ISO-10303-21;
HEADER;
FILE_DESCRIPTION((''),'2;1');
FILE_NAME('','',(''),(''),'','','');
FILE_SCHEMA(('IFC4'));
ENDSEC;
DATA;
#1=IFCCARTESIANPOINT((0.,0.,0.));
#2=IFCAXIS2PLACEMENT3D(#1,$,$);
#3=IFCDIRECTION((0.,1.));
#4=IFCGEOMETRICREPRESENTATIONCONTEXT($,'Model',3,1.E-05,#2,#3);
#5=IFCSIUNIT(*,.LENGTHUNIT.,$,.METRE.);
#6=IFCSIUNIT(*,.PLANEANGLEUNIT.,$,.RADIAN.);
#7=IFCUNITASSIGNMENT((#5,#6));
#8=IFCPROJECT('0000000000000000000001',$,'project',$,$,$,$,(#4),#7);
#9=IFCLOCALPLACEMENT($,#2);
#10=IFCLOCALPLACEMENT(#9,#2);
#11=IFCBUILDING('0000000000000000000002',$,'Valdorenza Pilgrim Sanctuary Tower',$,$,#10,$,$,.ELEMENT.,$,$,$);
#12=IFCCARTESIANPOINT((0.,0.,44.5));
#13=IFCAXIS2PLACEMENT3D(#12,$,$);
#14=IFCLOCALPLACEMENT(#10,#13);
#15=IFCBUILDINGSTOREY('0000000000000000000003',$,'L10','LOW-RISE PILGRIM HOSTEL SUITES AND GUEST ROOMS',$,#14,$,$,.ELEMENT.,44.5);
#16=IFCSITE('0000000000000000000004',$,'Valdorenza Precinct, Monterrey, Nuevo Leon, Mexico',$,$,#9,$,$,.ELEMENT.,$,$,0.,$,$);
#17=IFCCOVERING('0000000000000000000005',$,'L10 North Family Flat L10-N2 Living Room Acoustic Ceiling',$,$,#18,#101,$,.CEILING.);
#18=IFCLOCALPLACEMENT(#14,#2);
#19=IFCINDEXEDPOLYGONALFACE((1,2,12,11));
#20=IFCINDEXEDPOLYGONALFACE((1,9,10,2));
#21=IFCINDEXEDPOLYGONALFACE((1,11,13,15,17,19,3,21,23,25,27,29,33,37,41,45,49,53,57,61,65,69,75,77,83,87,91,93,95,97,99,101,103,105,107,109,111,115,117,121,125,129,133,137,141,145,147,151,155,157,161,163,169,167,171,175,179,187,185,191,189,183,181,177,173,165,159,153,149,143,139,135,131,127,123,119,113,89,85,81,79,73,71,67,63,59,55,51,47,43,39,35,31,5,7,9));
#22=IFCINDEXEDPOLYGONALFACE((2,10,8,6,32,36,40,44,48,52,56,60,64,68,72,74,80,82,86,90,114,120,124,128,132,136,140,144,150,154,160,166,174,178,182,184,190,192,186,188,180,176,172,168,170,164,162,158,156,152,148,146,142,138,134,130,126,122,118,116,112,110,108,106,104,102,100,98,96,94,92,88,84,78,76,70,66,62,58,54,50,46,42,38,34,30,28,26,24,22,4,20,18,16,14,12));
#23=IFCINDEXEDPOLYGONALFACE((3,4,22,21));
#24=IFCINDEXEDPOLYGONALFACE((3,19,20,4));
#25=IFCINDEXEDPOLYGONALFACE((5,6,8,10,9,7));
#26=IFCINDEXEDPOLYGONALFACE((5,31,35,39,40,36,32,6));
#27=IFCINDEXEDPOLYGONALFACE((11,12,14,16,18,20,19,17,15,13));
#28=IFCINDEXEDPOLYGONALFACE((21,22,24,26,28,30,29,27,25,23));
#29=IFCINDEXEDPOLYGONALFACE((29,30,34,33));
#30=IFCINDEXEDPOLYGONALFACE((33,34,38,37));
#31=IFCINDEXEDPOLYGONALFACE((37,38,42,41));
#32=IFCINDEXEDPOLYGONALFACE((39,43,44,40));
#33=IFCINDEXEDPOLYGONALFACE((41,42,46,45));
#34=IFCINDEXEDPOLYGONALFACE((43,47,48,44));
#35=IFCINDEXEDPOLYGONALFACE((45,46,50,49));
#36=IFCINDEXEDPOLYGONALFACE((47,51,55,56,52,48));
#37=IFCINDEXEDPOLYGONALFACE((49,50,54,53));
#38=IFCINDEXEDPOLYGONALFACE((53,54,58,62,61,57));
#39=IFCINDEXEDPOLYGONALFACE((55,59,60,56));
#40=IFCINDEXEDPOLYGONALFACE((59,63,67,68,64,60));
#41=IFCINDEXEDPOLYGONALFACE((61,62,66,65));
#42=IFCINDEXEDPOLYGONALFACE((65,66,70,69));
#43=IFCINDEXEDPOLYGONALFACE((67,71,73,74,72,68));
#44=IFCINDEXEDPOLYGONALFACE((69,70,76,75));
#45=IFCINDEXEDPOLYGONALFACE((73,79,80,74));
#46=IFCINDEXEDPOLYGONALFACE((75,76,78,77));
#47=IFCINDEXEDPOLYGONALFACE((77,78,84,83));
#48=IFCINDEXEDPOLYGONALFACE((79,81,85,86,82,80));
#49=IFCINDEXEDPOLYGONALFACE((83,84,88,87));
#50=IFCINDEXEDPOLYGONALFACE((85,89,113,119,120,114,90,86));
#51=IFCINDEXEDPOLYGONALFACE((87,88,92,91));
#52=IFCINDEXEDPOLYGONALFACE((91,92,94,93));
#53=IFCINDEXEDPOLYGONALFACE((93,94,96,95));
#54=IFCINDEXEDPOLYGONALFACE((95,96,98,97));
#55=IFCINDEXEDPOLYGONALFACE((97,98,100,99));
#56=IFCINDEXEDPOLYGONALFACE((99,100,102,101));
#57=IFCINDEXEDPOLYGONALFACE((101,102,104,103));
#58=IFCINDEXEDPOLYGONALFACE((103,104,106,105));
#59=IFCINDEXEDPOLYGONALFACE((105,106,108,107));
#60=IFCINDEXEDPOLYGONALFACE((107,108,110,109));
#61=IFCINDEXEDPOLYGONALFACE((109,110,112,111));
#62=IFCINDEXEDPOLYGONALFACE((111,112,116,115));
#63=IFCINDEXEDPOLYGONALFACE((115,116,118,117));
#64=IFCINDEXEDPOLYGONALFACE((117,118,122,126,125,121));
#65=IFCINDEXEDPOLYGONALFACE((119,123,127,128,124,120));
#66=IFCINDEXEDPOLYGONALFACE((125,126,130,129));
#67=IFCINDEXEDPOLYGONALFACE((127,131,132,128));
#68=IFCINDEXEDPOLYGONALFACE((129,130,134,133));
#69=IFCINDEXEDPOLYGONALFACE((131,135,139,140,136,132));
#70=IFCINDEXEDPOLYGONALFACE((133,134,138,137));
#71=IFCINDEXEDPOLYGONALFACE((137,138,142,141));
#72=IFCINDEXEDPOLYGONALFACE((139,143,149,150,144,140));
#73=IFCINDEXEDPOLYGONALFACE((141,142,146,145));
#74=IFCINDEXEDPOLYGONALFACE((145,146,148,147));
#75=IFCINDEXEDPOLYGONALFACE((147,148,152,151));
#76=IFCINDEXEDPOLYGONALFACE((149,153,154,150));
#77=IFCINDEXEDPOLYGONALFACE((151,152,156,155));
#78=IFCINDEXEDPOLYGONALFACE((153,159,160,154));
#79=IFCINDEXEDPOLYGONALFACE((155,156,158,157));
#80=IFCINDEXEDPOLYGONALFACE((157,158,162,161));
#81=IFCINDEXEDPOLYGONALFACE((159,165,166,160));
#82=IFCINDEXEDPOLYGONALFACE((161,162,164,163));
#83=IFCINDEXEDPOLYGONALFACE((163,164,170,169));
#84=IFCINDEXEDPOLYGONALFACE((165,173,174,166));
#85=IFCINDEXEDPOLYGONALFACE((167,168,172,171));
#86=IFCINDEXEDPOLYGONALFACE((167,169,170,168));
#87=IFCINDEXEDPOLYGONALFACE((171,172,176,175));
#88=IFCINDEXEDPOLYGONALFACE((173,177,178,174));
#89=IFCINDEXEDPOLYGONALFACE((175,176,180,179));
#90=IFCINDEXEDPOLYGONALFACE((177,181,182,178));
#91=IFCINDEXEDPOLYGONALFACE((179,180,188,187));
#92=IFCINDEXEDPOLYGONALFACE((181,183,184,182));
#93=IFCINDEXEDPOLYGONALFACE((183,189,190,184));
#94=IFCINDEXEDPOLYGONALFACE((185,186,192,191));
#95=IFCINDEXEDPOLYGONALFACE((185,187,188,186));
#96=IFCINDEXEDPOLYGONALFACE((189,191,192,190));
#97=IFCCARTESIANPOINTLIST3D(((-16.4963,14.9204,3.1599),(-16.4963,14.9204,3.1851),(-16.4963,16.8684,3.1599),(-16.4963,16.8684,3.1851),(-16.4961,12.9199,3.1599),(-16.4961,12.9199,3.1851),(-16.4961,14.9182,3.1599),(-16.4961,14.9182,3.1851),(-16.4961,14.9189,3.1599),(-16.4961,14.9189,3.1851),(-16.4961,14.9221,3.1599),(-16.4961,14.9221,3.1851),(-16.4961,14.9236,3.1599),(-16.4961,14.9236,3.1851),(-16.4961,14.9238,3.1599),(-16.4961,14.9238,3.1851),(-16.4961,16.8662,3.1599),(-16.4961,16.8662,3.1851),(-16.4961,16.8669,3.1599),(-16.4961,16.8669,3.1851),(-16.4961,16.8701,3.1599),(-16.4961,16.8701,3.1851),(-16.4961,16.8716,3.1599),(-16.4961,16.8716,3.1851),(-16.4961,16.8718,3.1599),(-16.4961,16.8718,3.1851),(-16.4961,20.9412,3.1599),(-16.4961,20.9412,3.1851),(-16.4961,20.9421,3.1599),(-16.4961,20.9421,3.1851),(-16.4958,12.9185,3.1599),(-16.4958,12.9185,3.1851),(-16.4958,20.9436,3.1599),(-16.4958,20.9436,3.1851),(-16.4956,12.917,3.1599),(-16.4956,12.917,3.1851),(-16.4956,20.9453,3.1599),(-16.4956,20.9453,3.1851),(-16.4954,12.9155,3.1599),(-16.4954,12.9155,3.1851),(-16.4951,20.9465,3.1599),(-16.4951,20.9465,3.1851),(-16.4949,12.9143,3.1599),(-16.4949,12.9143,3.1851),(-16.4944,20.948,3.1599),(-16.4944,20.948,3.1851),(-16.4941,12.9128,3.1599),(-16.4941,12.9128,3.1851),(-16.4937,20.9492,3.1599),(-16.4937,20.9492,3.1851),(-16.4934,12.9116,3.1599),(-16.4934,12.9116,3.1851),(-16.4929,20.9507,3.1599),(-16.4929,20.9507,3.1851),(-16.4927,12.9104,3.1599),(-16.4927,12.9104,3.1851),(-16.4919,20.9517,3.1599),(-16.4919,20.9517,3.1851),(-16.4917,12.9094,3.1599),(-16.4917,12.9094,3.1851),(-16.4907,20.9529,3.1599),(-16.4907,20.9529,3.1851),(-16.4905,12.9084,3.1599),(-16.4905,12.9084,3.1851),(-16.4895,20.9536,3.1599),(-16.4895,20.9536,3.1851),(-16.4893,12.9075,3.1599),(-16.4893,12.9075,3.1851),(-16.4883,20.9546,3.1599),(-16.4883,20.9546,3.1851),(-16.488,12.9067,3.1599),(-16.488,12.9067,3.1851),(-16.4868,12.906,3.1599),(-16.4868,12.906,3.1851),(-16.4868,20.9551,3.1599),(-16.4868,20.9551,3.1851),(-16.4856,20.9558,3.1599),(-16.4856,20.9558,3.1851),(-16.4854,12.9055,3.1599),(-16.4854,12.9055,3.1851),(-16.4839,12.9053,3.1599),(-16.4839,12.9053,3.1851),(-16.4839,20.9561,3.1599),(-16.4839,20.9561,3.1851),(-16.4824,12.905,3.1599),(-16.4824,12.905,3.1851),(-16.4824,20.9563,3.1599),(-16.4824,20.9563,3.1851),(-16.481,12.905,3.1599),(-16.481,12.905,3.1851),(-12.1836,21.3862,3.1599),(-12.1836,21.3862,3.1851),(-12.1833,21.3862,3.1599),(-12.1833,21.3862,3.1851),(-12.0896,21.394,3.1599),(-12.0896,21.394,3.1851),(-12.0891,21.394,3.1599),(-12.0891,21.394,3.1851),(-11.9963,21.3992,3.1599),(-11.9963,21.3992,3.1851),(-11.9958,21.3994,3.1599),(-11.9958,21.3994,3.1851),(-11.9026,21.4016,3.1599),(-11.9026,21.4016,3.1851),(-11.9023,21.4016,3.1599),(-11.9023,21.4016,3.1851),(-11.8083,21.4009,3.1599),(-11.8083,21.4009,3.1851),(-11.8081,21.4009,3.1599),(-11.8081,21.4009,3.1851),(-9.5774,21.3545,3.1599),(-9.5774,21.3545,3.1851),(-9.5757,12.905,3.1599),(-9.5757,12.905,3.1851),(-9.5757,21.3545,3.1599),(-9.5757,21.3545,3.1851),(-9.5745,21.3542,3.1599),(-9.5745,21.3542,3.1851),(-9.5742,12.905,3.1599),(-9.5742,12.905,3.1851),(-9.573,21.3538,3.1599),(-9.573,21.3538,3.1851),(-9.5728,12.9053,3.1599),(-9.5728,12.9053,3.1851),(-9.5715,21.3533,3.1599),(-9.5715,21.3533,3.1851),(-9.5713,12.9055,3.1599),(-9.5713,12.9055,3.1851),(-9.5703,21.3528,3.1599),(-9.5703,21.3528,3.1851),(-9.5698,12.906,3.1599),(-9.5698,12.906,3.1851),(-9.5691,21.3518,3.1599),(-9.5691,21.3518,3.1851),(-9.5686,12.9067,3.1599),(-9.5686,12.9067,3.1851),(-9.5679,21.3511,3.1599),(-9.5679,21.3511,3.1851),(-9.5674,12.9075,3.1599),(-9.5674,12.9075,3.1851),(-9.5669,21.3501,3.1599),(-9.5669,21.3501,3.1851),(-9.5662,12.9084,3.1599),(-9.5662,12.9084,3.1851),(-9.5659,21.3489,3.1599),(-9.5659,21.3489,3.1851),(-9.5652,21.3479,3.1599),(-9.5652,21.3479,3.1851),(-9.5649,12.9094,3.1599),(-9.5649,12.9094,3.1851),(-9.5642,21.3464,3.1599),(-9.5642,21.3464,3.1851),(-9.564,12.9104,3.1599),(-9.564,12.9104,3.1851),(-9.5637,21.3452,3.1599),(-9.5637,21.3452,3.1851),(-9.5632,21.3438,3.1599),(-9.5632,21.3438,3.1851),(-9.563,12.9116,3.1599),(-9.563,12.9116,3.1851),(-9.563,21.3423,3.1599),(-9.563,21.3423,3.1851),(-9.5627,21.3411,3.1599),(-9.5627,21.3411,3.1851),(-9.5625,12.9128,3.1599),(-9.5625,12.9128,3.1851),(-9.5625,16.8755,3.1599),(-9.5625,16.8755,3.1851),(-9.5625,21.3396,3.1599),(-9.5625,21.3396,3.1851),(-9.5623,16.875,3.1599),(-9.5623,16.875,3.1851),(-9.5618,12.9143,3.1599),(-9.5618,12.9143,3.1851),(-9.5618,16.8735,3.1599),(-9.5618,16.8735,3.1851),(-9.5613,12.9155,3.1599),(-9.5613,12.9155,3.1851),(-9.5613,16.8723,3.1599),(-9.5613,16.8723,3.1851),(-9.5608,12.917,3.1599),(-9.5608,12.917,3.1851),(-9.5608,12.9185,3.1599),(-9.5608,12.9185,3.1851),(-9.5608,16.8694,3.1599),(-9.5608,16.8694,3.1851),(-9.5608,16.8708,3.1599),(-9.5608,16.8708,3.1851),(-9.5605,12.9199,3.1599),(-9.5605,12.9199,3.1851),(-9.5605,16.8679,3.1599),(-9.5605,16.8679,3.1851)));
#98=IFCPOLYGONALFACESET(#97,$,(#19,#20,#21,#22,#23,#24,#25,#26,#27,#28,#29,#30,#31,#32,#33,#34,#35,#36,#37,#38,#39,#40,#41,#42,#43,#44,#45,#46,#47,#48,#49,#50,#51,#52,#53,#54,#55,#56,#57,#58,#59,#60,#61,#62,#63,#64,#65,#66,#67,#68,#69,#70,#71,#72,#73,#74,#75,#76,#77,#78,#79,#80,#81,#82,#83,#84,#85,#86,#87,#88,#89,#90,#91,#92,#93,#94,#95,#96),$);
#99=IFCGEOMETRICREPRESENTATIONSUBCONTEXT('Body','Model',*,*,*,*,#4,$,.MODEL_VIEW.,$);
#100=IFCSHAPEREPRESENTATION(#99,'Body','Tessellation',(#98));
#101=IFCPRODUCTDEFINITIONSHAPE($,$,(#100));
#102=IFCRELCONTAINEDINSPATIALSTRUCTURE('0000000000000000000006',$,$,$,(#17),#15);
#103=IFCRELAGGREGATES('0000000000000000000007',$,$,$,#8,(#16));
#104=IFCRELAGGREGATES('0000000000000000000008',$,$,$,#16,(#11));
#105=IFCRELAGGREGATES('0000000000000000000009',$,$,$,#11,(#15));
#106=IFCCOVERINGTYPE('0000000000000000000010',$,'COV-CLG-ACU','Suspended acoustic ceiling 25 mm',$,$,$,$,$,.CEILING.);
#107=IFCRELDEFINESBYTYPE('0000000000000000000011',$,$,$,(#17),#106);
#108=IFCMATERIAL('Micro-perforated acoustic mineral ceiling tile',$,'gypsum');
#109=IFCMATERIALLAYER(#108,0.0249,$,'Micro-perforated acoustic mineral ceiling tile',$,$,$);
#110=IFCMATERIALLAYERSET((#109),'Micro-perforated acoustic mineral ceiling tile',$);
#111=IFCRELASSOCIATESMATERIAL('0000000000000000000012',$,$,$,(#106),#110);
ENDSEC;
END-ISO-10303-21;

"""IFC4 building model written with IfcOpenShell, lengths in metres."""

from ifc_helpers import new_model, si_unit, direction, frame, origin, place, context, subcontext, project, spatial, polyline, outline, extrude, material, layer, layer_set, type_object, element, save


model = new_model("IFC4")

# Units and contexts
model_context = context("Model", 3, precision=1e-05, world=origin(), true_north=direction((0.0, 1.0)))
body_context = subcontext(model_context, "Body", "Model", "MODEL_VIEW")
ifc_project = project(units=[si_unit("LENGTHUNIT", "METRE"), si_unit("PLANEANGLEUNIT", "RADIAN")], contexts=[model_context])

# Site, building, storey
site_placement = place(None, origin())
site = spatial("IfcSite", under=ifc_project, at=site_placement, Name="Valdorenza Precinct, Monterrey, Nuevo Leon, Mexico", CompositionType="ELEMENT", RefElevation=0.0)
building_placement = place(site_placement, origin())
building = spatial("IfcBuilding", under=site, at=building_placement, Name="Valdorenza Pilgrim Sanctuary Tower", CompositionType="ELEMENT")
storey_placement = place(building_placement, frame((0.0, 0.0, 44.5)))
storey = spatial("IfcBuildingStorey", under=building, at=storey_placement, Name="L10", Description="LOW-RISE PILGRIM HOSTEL SUITES AND GUEST ROOMS", CompositionType="ELEMENT", Elevation=44.5)

# Covering
ifc_material_1 = material(Name="Micro-perforated acoustic mineral ceiling tile", Category="gypsum")
ifc_layer_1 = layer(ifc_material_1, 0.0249, Name="Micro-perforated acoustic mineral ceiling tile")
ifc_layer_set_1 = layer_set([ifc_layer_1], Name="Micro-perforated acoustic mineral ceiling tile")
covering_type_1 = type_object("IfcCoveringType", Name="COV-CLG-ACU", Description="Suspended acoustic ceiling 25 mm", PredefinedType="CEILING", material=ifc_layer_set_1)
covering_1_placement = place(storey_placement, frame((0.0, 0.0, 3.1599)))
element("IfcCovering", 1, at=covering_1_placement, inside=storey, type_object=covering_type_1, Name="L10 North Family Flat L10-N2 Living Room Acoustic Ceiling", PredefinedType="CEILING", context=body_context, shape_type="SweptSolid", body=[
    extrude(outline(polyline([(-16.4961, 14.9182), (-16.4961, 14.9189), (-16.4963, 14.9204), (-16.4961, 14.9221), (-16.4961, 14.9236), (-16.4961, 14.9238), (-16.4961, 16.8662), (-16.4961, 16.8669), (-16.4963, 16.8684), (-16.4961, 16.8701), (-16.4961, 16.8716), (-16.4961, 16.8718), (-16.4961, 20.9412), (-16.4961, 20.9412), (-16.4961, 20.9421), (-16.4958, 20.9436), (-16.4956, 20.9453), (-16.4951, 20.9465), (-16.4944, 20.948), (-16.4937, 20.9492), (-16.4929, 20.9507), (-16.4919, 20.9517), (-16.4907, 20.9529), (-16.4895, 20.9536), (-16.4883, 20.9546), (-16.4868, 20.9551), (-16.4856, 20.9558), (-16.4839, 20.9561), (-16.4824, 20.9563), (-12.1836, 21.3862), (-12.1833, 21.3862), (-12.0896, 21.394), (-12.0891, 21.394), (-11.9963, 21.3992), (-11.9958, 21.3994), (-11.9026, 21.4016), (-11.9023, 21.4016), (-11.8083, 21.4009), (-11.8081, 21.4009), (-9.5774, 21.3545), (-9.5757, 21.3545), (-9.5745, 21.3542), (-9.573, 21.3538), (-9.5715, 21.3533), (-9.5703, 21.3528), (-9.5691, 21.3518), (-9.5679, 21.3511), (-9.5669, 21.3501), (-9.5659, 21.3489), (-9.5652, 21.3479), (-9.5642, 21.3464), (-9.5637, 21.3452), (-9.5632, 21.3438), (-9.563, 21.3423), (-9.5627, 21.3411), (-9.5625, 21.3396), (-9.5625, 16.8755), (-9.5623, 16.875), (-9.5618, 16.8735), (-9.5613, 16.8723), (-9.5608, 16.8708), (-9.5608, 16.8694), (-9.5605, 16.8679), (-9.5605, 12.9199), (-9.5608, 12.9185), (-9.5608, 12.917), (-9.5613, 12.9155), (-9.5618, 12.9143), (-9.5625, 12.9128), (-9.563, 12.9116), (-9.564, 12.9104), (-9.5649, 12.9094), (-9.5662, 12.9084), (-9.5674, 12.9075), (-9.5686, 12.9067), (-9.5698, 12.906), (-9.5713, 12.9055), (-9.5728, 12.9053), (-9.5742, 12.905), (-9.5757, 12.905), (-16.481, 12.905), (-16.4824, 12.905), (-16.4839, 12.9053), (-16.4854, 12.9055), (-16.4868, 12.906), (-16.488, 12.9067), (-16.4893, 12.9075), (-16.4905, 12.9084), (-16.4917, 12.9094), (-16.4927, 12.9104), (-16.4934, 12.9116), (-16.4941, 12.9128), (-16.4949, 12.9143), (-16.4954, 12.9155), (-16.4956, 12.917), (-16.4958, 12.9185), (-16.4961, 12.9199), (-16.4961, 14.9182)])), origin(), (0.0, 0.0, 1.0), 0.0251),
])

save(model, "model.ifc")
